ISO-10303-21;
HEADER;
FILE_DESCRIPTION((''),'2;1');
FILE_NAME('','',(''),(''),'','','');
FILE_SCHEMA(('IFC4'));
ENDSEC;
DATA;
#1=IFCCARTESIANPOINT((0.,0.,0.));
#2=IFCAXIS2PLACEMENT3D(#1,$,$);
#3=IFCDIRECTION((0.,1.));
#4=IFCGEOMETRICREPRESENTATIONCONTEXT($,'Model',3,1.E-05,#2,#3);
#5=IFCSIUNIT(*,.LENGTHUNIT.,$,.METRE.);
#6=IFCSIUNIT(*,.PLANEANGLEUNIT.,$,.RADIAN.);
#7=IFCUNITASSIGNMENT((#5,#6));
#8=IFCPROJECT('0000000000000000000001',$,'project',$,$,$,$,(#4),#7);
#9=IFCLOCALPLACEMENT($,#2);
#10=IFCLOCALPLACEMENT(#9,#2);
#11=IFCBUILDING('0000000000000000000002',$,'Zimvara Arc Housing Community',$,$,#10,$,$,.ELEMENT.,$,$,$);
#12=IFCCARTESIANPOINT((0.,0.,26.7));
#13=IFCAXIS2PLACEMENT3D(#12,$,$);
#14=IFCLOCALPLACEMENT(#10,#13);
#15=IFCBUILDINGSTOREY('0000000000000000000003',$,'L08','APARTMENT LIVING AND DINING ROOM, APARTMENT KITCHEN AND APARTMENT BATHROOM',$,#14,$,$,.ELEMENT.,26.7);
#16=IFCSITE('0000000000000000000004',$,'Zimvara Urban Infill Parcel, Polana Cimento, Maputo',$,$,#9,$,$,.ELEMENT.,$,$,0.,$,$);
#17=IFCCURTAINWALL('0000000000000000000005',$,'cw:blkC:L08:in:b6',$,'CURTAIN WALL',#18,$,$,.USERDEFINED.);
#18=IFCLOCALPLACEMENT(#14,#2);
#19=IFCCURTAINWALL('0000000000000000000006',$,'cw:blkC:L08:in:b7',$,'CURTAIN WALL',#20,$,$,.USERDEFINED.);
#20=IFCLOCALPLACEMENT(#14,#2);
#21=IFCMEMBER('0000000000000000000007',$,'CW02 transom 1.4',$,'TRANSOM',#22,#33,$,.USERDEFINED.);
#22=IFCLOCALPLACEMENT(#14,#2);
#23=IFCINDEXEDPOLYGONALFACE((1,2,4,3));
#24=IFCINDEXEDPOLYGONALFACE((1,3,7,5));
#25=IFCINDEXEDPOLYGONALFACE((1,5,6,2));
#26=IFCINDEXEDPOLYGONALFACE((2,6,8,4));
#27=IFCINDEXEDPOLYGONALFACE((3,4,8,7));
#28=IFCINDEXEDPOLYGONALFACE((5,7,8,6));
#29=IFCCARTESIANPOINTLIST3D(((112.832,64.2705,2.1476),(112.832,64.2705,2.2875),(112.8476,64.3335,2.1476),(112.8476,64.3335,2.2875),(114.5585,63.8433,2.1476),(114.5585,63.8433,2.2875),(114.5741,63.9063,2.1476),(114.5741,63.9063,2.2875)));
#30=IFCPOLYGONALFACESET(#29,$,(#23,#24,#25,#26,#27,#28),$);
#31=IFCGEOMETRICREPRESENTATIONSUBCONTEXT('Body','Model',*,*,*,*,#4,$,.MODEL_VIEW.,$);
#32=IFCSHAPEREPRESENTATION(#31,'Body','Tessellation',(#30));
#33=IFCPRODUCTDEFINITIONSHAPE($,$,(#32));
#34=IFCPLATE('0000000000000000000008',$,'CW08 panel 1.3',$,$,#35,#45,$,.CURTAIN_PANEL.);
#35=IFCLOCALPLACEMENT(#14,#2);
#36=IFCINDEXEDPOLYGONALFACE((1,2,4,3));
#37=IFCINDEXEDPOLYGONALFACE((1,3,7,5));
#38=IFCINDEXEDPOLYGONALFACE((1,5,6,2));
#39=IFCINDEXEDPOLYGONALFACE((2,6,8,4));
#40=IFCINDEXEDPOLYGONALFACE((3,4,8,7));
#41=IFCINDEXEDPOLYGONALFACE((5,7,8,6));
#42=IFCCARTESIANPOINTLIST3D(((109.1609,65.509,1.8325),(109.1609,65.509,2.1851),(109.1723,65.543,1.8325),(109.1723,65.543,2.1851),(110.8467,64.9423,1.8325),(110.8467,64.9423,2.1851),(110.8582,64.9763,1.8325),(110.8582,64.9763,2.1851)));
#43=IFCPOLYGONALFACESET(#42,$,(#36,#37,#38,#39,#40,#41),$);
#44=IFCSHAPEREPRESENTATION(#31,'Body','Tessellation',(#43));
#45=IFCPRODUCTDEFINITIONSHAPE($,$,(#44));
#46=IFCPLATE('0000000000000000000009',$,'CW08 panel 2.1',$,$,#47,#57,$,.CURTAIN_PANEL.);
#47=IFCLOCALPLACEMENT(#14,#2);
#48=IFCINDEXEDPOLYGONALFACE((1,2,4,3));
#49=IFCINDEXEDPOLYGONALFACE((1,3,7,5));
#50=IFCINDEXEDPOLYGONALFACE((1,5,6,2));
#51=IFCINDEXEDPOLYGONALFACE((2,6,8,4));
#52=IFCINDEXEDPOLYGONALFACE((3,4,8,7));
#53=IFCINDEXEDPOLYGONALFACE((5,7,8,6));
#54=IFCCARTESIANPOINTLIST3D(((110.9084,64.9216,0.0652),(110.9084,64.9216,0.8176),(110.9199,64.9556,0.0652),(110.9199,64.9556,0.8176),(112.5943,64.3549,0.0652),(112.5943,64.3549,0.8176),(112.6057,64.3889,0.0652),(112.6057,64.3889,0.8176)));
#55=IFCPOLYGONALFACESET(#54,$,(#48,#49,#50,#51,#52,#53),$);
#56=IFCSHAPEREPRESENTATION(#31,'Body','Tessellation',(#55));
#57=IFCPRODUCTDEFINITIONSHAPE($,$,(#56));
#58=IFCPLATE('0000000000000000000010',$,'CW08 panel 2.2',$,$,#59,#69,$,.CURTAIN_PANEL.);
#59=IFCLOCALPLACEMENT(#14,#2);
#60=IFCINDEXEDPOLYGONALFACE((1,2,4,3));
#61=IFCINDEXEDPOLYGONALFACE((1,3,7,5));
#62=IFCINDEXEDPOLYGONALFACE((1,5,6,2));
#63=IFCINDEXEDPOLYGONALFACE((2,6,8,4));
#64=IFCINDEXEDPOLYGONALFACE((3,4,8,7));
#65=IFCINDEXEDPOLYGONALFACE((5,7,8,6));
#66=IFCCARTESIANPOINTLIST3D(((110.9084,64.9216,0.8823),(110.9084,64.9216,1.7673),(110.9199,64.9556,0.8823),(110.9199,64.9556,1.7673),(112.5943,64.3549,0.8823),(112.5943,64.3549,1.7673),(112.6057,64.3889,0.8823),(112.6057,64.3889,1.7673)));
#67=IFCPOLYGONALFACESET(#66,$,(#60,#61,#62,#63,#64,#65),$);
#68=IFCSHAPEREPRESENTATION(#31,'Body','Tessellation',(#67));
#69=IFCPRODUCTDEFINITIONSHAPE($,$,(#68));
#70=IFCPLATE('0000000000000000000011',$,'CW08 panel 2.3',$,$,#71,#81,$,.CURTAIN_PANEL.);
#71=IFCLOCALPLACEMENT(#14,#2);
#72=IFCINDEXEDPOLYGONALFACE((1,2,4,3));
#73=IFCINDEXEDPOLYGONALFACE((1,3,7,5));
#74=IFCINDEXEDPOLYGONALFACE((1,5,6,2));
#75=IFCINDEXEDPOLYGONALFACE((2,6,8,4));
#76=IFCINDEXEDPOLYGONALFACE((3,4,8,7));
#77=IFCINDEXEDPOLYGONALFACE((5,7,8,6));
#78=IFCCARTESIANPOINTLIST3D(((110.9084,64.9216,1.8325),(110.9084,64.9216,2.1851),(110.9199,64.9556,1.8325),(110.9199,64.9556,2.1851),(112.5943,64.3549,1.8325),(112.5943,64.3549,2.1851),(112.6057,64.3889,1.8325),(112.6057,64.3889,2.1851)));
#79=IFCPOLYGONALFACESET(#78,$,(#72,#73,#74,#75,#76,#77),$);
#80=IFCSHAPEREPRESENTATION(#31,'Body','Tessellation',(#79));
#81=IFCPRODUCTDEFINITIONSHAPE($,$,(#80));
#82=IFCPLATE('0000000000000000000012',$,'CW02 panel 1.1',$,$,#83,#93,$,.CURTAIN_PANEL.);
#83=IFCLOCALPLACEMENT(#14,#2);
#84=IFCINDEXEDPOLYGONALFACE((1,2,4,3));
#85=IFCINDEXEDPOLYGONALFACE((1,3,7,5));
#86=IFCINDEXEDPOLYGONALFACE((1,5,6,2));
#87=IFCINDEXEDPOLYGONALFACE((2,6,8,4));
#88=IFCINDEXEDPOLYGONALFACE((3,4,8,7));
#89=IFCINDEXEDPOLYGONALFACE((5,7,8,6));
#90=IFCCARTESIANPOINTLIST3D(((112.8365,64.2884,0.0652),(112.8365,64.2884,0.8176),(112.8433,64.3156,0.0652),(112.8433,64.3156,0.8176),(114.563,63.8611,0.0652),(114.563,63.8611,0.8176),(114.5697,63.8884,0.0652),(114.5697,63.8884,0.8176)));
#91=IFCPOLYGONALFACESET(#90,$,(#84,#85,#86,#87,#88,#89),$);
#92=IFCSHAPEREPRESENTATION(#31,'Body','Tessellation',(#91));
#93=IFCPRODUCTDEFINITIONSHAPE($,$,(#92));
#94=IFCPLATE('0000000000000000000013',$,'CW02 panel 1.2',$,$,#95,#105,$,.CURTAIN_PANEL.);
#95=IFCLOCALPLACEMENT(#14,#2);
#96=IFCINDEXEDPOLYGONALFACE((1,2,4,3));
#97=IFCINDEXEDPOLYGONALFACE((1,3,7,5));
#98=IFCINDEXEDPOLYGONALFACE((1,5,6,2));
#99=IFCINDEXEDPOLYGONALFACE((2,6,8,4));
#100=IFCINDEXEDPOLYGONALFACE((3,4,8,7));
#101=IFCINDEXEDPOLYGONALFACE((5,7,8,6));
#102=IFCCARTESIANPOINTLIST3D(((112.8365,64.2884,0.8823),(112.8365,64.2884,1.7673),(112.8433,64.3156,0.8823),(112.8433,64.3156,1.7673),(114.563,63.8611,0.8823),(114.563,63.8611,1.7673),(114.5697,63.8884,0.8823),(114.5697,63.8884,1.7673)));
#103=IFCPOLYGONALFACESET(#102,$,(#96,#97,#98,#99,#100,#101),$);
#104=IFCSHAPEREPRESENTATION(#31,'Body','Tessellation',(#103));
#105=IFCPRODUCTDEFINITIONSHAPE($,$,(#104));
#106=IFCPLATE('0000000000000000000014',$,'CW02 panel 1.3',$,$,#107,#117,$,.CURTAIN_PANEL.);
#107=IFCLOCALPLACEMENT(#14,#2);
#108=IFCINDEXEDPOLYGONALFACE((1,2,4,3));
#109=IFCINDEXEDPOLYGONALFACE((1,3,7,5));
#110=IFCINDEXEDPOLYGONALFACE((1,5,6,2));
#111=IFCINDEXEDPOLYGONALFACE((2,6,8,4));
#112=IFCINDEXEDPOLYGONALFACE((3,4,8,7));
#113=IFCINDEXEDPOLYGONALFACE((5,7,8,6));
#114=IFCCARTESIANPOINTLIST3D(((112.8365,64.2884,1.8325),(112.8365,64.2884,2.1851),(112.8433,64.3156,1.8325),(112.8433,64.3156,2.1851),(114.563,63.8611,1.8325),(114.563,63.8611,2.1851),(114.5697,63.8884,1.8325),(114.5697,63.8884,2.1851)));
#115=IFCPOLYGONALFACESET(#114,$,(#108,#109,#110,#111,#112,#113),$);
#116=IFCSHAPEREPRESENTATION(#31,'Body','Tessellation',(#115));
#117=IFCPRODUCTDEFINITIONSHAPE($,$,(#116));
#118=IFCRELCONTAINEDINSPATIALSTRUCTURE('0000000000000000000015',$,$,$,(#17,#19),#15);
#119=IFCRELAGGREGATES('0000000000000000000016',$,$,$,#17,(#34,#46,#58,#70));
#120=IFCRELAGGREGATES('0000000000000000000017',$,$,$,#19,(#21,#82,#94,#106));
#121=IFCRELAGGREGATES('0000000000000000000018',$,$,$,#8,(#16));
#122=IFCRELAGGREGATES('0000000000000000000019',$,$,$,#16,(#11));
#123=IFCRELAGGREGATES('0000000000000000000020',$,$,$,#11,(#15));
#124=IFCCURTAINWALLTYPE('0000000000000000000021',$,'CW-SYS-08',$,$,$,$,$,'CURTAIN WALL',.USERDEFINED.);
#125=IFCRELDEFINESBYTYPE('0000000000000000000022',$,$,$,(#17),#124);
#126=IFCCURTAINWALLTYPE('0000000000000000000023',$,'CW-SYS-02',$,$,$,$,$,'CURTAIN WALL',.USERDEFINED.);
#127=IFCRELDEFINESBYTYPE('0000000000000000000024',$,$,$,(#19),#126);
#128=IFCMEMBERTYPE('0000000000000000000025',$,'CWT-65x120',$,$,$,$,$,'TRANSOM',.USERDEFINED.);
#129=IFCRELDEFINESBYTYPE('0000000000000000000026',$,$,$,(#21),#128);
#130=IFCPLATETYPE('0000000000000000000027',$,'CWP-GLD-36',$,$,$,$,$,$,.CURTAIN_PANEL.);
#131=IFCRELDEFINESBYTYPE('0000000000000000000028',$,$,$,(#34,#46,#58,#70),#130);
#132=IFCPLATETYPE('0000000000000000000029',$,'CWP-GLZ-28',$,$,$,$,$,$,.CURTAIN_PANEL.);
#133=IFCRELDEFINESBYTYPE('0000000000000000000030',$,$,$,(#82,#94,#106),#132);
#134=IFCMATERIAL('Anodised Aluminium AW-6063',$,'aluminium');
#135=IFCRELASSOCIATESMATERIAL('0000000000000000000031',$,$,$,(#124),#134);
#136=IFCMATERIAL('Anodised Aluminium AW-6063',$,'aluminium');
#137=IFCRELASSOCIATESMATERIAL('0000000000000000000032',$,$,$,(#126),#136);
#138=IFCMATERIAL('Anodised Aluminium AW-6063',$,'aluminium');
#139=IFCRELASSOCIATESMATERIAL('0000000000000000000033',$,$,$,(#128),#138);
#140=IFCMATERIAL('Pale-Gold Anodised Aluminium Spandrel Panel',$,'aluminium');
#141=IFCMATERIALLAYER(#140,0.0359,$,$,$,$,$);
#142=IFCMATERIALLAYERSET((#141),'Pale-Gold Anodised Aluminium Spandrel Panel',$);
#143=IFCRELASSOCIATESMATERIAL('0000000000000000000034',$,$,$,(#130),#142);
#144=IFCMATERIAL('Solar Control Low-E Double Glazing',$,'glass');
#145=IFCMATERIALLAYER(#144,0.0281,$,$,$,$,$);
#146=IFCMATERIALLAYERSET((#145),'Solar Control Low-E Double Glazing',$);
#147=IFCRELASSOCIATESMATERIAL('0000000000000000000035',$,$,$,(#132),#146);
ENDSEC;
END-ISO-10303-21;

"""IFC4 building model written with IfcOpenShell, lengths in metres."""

from ifc_helpers import new_model, si_unit, direction, frame, origin, origin_2d, place, context, subcontext, project, spatial, rectangle, extrude, material, layer, layer_set, material_profile, profile_set, type_object, element, aggregate, save


model = new_model("IFC4")

# Units and contexts
model_context = context("Model", 3, precision=1e-05, world=origin(), true_north=direction((0.0, 1.0)))
body_context = subcontext(model_context, "Body", "Model", "MODEL_VIEW")
ifc_project = project(units=[si_unit("LENGTHUNIT", "METRE"), si_unit("PLANEANGLEUNIT", "RADIAN")], contexts=[model_context])

# Site, building, storey
site_placement = place(None, origin())
site = spatial("IfcSite", under=ifc_project, at=site_placement, Name="Zimvara Urban Infill Parcel, Polana Cimento, Maputo", CompositionType="ELEMENT", RefElevation=0.0)
building_placement = place(site_placement, origin())
building = spatial("IfcBuilding", under=site, at=building_placement, Name="Zimvara Arc Housing Community", CompositionType="ELEMENT")
storey_placement = place(building_placement, frame((0.0, 0.0, 26.7)))
storey = spatial("IfcBuildingStorey", under=building, at=storey_placement, Name="L08", Description="APARTMENT LIVING AND DINING ROOM, APARTMENT KITCHEN AND APARTMENT BATHROOM", CompositionType="ELEMENT", Elevation=26.7)

# Curtain walls
ifc_material_1 = material(Name="Anodised Aluminium AW-6063", Category="aluminium")
curtain_wall_type_1 = type_object("IfcCurtainWallType", Name="CW-SYS-08", ElementType="CURTAIN WALL", PredefinedType="USERDEFINED", material=ifc_material_1)
curtain_wall_1_placement = place(storey_placement, origin())
curtain_wall_1 = element("IfcCurtainWall", 1, at=curtain_wall_1_placement, inside=storey, type_object=curtain_wall_type_1, Name="cw:blkC:L08:in:b6", ObjectType="CURTAIN WALL", PredefinedType="USERDEFINED")
ifc_material_2 = material(Name="Anodised Aluminium AW-6063", Category="aluminium")
curtain_wall_type_2 = type_object("IfcCurtainWallType", Name="CW-SYS-02", ElementType="CURTAIN WALL", PredefinedType="USERDEFINED", material=ifc_material_2)
curtain_wall_2_placement = place(storey_placement, origin())
curtain_wall_2 = element("IfcCurtainWall", 2, at=curtain_wall_2_placement, inside=storey, type_object=curtain_wall_type_2, Name="cw:blkC:L08:in:b7", ObjectType="CURTAIN WALL", PredefinedType="USERDEFINED")

# Member
ifc_material_3 = material(Name="Anodised Aluminium AW-6063", Category="aluminium")
ifc_material_profile_1 = material_profile(ifc_material_3, rectangle(XDim=0.0649, YDim=0.1399, at=origin_2d()), Name="ALU 65x140")
ifc_profile_set_1 = profile_set([ifc_material_profile_1], Name="Anodised Aluminium AW-6063")
member_type_1 = type_object("IfcMemberType", Name="CWT-65x120", ElementType="TRANSOM", PredefinedType="USERDEFINED", material=ifc_profile_set_1)
member_1_placement = place(storey_placement, frame((112.8398, 64.302, 2.2175), z_axis=(0.970721, -0.24021, 0.0), x_axis=(0.24021, 0.970721, 0.0)))
member_1 = element("IfcMember", 3, at=member_1_placement, type_object=member_type_1, Name="CW02 transom 1.4", ObjectType="TRANSOM", PredefinedType="USERDEFINED", context=body_context, shape_type="SweptSolid", body=[
    extrude(rectangle(XDim=0.0649, YDim=0.1399, at=origin_2d()), origin(), (0.0, 0.0, 1.0), 1.7786),
])

# Plates
ifc_material_4 = material(Name="Pale-Gold Anodised Aluminium Spandrel Panel", Category="aluminium")
ifc_layer_1 = layer(ifc_material_4, 0.0359)
ifc_layer_set_1 = layer_set([ifc_layer_1], Name="Pale-Gold Anodised Aluminium Spandrel Panel")
plate_type_1 = type_object("IfcPlateType", Name="CWP-GLD-36", PredefinedType="CURTAIN_PANEL", material=ifc_layer_set_1)
plate_1_placement = place(storey_placement, frame((110.0095, 65.2427, 1.8325), z_axis=(0.0, 0.0, 1.0), x_axis=(0.94788, -0.318627, 0.0)))
plate_1 = element("IfcPlate", 4, at=plate_1_placement, type_object=plate_type_1, Name="CW08 panel 1.3", PredefinedType="CURTAIN_PANEL", context=body_context, shape_type="SweptSolid", body=[
    extrude(rectangle(XDim=1.7786, YDim=0.0359, at=origin_2d()), origin(), (0.0, 0.0, 1.0), 0.3525),
])
plate_2_placement = place(storey_placement, frame((111.7571, 64.6553, 0.0652), z_axis=(0.0, 0.0, 1.0), x_axis=(0.94788, -0.318627, 0.0)))
plate_2 = element("IfcPlate", 5, at=plate_2_placement, type_object=plate_type_1, Name="CW08 panel 2.1", PredefinedType="CURTAIN_PANEL", context=body_context, shape_type="SweptSolid", body=[
    extrude(rectangle(XDim=1.7786, YDim=0.0359, at=origin_2d()), origin(), (0.0, 0.0, 1.0), 0.7524),
])
plate_3_placement = place(storey_placement, frame((111.7571, 64.6553, 0.8823), z_axis=(0.0, 0.0, 1.0), x_axis=(0.94788, -0.318627, 0.0)))
plate_3 = element("IfcPlate", 6, at=plate_3_placement, type_object=plate_type_1, Name="CW08 panel 2.2", PredefinedType="CURTAIN_PANEL", context=body_context, shape_type="SweptSolid", body=[
    extrude(rectangle(XDim=1.7786, YDim=0.0359, at=origin_2d()), origin(), (0.0, 0.0, 1.0), 0.885),
])
plate_4_placement = place(storey_placement, frame((111.7571, 64.6553, 1.8325), z_axis=(0.0, 0.0, 1.0), x_axis=(0.94788, -0.318627, 0.0)))
plate_4 = element("IfcPlate", 7, at=plate_4_placement, type_object=plate_type_1, Name="CW08 panel 2.3", PredefinedType="CURTAIN_PANEL", context=body_context, shape_type="SweptSolid", body=[
    extrude(rectangle(XDim=1.7786, YDim=0.0359, at=origin_2d()), origin(), (0.0, 0.0, 1.0), 0.3525),
])
aggregate(curtain_wall_1, [plate_1, plate_2, plate_3, plate_4])
ifc_material_5 = material(Name="Solar Control Low-E Double Glazing", Category="glass")
ifc_layer_2 = layer(ifc_material_5, 0.0281)
ifc_layer_set_2 = layer_set([ifc_layer_2], Name="Solar Control Low-E Double Glazing")
plate_type_2 = type_object("IfcPlateType", Name="CWP-GLZ-28", PredefinedType="CURTAIN_PANEL", material=ifc_layer_set_2)
plate_5_placement = place(storey_placement, frame((113.7031, 64.0884, 0.0652), z_axis=(0.0, 0.0, 1.0), x_axis=(0.970716, -0.240229, 0.0)))
plate_5 = element("IfcPlate", 8, at=plate_5_placement, type_object=plate_type_2, Name="CW02 panel 1.1", PredefinedType="CURTAIN_PANEL", context=body_context, shape_type="SweptSolid", body=[
    extrude(rectangle(XDim=1.7786, YDim=0.0281, at=origin_2d()), origin(), (0.0, 0.0, 1.0), 0.7524),
])
plate_6_placement = place(storey_placement, frame((113.7031, 64.0884, 0.8823), z_axis=(0.0, 0.0, 1.0), x_axis=(0.970716, -0.240229, 0.0)))
plate_6 = element("IfcPlate", 9, at=plate_6_placement, type_object=plate_type_2, Name="CW02 panel 1.2", PredefinedType="CURTAIN_PANEL", context=body_context, shape_type="SweptSolid", body=[
    extrude(rectangle(XDim=1.7786, YDim=0.0281, at=origin_2d()), origin(), (0.0, 0.0, 1.0), 0.885),
])
plate_7_placement = place(storey_placement, frame((113.7031, 64.0884, 1.8325), z_axis=(0.0, 0.0, 1.0), x_axis=(0.970716, -0.240229, 0.0)))
plate_7 = element("IfcPlate", 10, at=plate_7_placement, type_object=plate_type_2, Name="CW02 panel 1.3", PredefinedType="CURTAIN_PANEL", context=body_context, shape_type="SweptSolid", body=[
    extrude(rectangle(XDim=1.7786, YDim=0.0281, at=origin_2d()), origin(), (0.0, 0.0, 1.0), 0.3525),
])
aggregate(curtain_wall_2, [member_1, plate_5, plate_6, plate_7])

save(model, "model.ifc")
